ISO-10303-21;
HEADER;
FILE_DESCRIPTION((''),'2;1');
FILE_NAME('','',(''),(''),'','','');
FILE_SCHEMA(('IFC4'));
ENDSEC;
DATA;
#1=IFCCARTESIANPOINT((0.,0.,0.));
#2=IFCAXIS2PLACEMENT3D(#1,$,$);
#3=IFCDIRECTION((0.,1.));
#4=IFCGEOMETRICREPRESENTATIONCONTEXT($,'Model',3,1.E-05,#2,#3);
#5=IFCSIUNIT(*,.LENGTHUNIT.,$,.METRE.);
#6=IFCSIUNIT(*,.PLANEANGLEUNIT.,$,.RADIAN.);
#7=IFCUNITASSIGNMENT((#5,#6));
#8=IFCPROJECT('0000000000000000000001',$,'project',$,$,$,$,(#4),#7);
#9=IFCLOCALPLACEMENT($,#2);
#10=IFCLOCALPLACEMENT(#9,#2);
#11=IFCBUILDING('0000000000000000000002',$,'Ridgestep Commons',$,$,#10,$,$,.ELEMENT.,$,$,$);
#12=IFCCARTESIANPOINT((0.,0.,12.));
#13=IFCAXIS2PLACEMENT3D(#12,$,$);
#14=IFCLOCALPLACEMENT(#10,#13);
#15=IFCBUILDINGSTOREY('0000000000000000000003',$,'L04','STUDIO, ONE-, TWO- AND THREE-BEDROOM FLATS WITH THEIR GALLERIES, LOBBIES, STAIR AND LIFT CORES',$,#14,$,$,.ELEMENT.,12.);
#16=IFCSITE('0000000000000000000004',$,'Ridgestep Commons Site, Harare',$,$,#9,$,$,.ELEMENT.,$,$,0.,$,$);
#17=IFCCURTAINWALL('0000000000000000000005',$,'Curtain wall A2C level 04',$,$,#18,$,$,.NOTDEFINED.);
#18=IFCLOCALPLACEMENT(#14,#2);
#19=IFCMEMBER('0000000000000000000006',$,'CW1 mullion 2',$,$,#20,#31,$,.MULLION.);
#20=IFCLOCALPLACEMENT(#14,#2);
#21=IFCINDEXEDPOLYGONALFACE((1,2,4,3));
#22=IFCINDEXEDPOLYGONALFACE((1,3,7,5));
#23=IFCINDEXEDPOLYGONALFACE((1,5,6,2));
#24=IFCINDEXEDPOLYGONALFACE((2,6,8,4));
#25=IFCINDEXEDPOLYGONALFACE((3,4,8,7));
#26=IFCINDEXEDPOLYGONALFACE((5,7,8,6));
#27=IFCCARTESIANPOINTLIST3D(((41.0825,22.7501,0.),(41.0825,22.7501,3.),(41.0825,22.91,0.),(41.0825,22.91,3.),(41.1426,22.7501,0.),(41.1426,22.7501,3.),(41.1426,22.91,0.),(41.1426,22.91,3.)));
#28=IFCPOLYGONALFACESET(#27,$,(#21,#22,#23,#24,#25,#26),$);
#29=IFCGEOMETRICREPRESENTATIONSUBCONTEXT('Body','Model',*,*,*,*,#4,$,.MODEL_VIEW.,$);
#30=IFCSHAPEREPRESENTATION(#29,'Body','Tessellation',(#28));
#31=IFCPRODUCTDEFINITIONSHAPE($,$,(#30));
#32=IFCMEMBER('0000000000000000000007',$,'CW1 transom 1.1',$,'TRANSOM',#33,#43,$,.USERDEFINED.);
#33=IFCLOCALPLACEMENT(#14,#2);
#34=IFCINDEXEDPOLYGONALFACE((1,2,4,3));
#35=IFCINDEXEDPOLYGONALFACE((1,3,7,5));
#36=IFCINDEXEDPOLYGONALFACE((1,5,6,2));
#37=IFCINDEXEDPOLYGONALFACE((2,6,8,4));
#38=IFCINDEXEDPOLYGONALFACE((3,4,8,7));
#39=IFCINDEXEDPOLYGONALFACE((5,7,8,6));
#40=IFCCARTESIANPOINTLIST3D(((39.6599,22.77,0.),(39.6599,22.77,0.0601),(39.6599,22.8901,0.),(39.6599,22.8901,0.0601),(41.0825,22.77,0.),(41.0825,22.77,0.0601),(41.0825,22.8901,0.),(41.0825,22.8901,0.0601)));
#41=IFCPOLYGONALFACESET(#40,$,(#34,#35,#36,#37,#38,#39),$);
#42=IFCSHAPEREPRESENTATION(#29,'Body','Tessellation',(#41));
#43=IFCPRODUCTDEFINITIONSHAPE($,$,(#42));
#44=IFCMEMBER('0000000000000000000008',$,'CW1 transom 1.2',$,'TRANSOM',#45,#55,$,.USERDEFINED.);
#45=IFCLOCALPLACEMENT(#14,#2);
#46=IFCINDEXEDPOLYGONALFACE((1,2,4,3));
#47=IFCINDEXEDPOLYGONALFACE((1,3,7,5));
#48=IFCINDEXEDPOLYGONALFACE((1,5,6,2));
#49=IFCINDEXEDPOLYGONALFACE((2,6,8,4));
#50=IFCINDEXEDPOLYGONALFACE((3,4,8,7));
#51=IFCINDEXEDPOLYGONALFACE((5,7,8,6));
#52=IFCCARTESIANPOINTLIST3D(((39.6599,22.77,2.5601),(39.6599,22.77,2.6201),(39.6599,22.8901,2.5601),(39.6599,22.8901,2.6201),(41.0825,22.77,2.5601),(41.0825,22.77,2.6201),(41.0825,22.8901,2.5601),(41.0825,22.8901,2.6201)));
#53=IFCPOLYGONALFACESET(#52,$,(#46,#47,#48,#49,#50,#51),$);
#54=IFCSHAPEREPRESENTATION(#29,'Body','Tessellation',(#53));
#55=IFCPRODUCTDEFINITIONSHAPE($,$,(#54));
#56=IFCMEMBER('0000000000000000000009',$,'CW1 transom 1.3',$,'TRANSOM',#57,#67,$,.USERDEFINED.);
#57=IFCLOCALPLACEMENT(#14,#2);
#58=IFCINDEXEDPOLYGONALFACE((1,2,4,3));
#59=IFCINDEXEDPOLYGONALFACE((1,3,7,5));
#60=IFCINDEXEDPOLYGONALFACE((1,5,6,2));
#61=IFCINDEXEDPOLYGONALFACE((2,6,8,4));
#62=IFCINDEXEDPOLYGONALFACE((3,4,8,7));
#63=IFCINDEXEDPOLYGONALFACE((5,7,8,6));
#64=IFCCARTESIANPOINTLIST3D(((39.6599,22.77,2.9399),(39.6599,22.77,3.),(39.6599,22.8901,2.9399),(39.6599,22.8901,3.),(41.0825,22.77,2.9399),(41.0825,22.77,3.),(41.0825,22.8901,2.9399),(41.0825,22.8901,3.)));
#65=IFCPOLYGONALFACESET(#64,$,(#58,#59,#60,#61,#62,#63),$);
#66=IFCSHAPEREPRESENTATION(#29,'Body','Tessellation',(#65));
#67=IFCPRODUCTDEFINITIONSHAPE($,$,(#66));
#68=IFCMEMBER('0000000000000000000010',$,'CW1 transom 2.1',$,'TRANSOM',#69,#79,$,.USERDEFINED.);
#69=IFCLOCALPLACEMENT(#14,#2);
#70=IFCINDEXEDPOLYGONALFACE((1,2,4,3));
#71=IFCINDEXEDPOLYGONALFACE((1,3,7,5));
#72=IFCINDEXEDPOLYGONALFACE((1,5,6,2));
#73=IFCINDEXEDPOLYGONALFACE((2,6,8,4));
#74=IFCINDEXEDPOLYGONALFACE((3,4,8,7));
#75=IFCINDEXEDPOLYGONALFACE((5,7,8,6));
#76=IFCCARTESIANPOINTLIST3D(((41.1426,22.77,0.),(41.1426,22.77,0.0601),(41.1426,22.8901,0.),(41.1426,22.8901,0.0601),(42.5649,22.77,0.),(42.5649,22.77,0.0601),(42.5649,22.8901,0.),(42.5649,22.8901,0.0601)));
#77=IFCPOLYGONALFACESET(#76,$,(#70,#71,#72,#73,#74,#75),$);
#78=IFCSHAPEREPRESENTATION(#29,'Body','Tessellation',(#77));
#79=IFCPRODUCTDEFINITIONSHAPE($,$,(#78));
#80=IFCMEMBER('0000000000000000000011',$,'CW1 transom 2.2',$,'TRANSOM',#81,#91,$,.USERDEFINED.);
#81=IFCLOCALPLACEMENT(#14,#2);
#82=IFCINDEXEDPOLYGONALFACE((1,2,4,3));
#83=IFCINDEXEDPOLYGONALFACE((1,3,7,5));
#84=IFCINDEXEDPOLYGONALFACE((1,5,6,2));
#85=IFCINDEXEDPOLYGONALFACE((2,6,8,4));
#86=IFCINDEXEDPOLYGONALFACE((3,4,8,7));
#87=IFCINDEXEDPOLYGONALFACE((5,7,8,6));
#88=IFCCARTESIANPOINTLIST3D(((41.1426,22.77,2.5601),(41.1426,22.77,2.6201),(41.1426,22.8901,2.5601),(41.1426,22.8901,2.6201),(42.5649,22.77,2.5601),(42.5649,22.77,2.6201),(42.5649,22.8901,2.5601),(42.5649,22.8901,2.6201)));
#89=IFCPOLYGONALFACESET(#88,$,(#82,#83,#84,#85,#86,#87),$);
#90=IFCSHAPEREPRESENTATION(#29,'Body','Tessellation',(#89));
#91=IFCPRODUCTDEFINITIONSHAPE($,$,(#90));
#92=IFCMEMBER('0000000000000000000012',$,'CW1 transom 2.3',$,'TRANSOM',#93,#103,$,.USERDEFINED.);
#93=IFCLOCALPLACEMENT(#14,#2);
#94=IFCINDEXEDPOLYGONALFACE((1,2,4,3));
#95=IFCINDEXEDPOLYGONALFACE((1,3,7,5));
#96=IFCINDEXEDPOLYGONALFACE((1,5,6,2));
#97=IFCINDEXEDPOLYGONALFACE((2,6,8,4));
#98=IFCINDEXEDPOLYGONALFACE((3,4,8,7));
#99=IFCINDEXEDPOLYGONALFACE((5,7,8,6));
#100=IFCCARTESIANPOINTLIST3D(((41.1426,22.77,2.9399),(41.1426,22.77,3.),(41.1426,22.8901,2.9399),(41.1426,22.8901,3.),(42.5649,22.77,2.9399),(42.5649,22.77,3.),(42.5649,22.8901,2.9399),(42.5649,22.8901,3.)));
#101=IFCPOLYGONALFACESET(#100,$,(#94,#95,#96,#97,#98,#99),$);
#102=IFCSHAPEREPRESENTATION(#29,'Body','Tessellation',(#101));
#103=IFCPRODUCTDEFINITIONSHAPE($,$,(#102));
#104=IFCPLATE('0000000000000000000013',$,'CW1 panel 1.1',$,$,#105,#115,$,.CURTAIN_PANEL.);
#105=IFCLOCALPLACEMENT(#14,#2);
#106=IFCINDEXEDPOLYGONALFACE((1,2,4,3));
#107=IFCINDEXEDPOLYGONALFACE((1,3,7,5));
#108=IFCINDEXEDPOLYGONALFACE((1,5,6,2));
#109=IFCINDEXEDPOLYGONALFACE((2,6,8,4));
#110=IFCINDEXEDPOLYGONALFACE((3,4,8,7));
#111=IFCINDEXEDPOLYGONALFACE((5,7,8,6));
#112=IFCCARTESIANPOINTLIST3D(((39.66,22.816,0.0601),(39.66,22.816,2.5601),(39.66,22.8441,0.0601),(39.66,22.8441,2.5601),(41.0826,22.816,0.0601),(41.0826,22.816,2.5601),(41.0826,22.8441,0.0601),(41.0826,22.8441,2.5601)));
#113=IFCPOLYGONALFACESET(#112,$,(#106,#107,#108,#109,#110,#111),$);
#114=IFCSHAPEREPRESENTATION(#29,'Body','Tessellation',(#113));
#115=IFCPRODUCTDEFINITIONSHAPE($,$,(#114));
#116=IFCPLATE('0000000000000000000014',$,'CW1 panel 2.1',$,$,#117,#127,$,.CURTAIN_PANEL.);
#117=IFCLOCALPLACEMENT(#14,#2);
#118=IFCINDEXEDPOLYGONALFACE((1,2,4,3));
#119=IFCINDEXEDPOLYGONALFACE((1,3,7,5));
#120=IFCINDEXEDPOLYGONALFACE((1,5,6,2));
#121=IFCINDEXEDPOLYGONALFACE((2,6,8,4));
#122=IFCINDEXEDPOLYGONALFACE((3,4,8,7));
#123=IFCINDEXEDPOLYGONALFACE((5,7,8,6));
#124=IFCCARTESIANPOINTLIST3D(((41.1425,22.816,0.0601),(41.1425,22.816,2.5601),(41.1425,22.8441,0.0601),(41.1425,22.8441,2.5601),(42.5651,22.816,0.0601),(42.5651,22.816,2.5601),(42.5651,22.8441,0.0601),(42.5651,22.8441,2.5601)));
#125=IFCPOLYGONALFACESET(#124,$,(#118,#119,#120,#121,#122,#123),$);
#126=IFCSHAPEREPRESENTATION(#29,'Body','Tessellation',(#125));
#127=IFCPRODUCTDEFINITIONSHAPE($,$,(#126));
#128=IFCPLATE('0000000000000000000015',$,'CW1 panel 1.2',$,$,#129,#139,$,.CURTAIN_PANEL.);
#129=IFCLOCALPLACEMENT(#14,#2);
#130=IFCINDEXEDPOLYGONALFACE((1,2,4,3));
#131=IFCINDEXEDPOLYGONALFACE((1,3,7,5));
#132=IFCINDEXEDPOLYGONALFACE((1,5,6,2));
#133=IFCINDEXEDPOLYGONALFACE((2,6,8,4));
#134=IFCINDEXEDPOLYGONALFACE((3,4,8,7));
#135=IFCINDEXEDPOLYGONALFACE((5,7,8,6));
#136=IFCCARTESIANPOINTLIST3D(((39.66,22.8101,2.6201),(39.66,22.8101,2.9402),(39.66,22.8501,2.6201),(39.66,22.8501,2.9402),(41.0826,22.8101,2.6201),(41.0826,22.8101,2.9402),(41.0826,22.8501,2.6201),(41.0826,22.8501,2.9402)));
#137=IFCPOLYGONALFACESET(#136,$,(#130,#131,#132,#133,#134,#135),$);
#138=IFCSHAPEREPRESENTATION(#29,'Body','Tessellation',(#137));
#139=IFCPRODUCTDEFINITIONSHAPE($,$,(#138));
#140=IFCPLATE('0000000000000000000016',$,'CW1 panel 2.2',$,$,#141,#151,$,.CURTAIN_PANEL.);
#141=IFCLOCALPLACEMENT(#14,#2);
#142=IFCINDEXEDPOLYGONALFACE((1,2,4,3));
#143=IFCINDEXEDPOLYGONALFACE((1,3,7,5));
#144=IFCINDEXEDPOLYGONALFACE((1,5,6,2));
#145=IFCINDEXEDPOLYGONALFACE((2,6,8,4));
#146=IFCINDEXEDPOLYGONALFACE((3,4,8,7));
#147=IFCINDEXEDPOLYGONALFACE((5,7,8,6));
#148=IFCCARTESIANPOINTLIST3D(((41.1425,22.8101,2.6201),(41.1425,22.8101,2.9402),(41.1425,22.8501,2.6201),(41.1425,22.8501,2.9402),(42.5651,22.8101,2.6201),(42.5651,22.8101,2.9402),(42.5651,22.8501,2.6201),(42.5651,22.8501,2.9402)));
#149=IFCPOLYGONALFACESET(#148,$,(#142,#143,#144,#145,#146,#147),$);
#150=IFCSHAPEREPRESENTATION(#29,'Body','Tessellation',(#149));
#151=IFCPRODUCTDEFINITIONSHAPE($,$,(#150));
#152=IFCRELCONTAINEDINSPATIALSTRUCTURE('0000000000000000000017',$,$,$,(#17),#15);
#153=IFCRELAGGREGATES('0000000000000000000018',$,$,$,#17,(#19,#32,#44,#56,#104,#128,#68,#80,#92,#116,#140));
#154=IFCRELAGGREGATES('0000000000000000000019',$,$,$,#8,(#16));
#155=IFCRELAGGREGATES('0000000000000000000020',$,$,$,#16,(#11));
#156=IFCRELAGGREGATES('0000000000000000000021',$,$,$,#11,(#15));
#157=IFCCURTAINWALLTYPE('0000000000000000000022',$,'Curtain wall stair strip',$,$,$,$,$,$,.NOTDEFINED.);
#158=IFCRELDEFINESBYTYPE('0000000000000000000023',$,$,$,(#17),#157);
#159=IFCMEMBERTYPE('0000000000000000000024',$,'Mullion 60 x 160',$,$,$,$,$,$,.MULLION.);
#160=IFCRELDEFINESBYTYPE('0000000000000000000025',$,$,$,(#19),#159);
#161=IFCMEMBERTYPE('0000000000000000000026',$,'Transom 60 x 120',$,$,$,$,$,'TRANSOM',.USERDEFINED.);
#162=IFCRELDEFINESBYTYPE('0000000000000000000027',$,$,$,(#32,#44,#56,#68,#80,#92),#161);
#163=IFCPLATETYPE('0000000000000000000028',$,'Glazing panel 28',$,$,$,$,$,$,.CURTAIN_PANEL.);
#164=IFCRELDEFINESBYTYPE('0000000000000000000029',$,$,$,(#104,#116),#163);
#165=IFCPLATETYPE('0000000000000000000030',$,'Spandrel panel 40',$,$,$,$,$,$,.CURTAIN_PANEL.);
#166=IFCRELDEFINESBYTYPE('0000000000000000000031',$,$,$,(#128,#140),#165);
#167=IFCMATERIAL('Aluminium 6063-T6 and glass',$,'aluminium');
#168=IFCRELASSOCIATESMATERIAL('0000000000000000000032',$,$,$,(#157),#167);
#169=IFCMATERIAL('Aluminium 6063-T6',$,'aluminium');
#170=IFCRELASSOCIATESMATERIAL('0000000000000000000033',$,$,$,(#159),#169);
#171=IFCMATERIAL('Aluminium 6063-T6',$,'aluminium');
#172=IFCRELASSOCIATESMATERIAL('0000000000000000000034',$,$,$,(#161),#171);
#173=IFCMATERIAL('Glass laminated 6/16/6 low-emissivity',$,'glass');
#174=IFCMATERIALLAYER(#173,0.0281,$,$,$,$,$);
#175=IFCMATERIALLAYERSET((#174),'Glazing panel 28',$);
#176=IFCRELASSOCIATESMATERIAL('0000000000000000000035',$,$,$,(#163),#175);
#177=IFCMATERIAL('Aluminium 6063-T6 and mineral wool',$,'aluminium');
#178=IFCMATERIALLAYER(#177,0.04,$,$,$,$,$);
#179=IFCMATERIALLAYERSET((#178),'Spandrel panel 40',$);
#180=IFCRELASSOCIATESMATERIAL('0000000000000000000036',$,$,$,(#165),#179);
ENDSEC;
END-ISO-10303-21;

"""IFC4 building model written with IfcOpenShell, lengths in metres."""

from ifc_helpers import new_model, si_unit, direction, frame, origin, origin_2d, place, context, subcontext, project, spatial, rectangle, extrude, material, layer, layer_set, material_profile, profile_set, type_object, element, aggregate, save


model = new_model("IFC4")

# Units and contexts
model_context = context("Model", 3, precision=1e-05, world=origin(), true_north=direction((0.0, 1.0)))
body_context = subcontext(model_context, "Body", "Model", "MODEL_VIEW")
ifc_project = project(units=[si_unit("LENGTHUNIT", "METRE"), si_unit("PLANEANGLEUNIT", "RADIAN")], contexts=[model_context])

# Site, building, storey
site_placement = place(None, origin())
site = spatial("IfcSite", under=ifc_project, at=site_placement, Name="Ridgestep Commons Site, Harare", CompositionType="ELEMENT", RefElevation=0.0)
building_placement = place(site_placement, origin())
building = spatial("IfcBuilding", under=site, at=building_placement, Name="Ridgestep Commons", CompositionType="ELEMENT")
storey_placement = place(building_placement, frame((0.0, 0.0, 12.0)))
storey = spatial("IfcBuildingStorey", under=building, at=storey_placement, Name="L04", Description="STUDIO, ONE-, TWO- AND THREE-BEDROOM FLATS WITH THEIR GALLERIES, LOBBIES, STAIR AND LIFT CORES", CompositionType="ELEMENT", Elevation=12.0)

# Curtain wall, members, plates
ifc_material_1 = material(Name="Aluminium 6063-T6 and glass", Category="aluminium")
curtain_wall_type = type_object("IfcCurtainWallType", Name="Curtain wall stair strip", PredefinedType="NOTDEFINED", material=ifc_material_1)
curtain_wall_placement = place(storey_placement, origin())
curtain_wall = element("IfcCurtainWall", 1, at=curtain_wall_placement, inside=storey, type_object=curtain_wall_type, Name="Curtain wall A2C level 04", PredefinedType="NOTDEFINED")
ifc_material_2 = material(Name="Aluminium 6063-T6", Category="aluminium")
ifc_material_profile_1 = material_profile(ifc_material_2, rectangle(XDim=0.1599, YDim=0.0601, at=origin_2d()), Name="Mullion 60 x 160")
ifc_profile_set_1 = profile_set([ifc_material_profile_1], Name="Aluminium 6063-T6")
member_type_1 = type_object("IfcMemberType", Name="Mullion 60 x 160", PredefinedType="MULLION", material=ifc_profile_set_1)
member_1_placement = place(storey_placement, frame((41.1125, 22.8301, 0.0), z_axis=(0.0, 0.0, 1.0), x_axis=(0.0, 1.0, 0.0)))
member_1 = element("IfcMember", 2, at=member_1_placement, type_object=member_type_1, Name="CW1 mullion 2", PredefinedType="MULLION", context=body_context, shape_type="SweptSolid", body=[
    extrude(rectangle(XDim=0.1599, YDim=0.0601, at=origin_2d()), origin(), (0.0, 0.0, 1.0), 3.0),
])
ifc_material_3 = material(Name="Aluminium 6063-T6", Category="aluminium")
ifc_material_profile_2 = material_profile(ifc_material_3, rectangle(XDim=0.1201, YDim=0.0601, at=origin_2d()), Name="Transom 60 x 120")
ifc_profile_set_2 = profile_set([ifc_material_profile_2], Name="Aluminium 6063-T6")
member_type_2 = type_object("IfcMemberType", Name="Transom 60 x 120", ElementType="TRANSOM", PredefinedType="USERDEFINED", material=ifc_profile_set_2)
member_2_placement = place(storey_placement, frame((39.6599, 22.8301, 0.03), z_axis=(1.0, 0.0, 0.0), x_axis=(0.0, 1.0, 0.0)))
member_2 = element("IfcMember", 3, at=member_2_placement, type_object=member_type_2, Name="CW1 transom 1.1", ObjectType="TRANSOM", PredefinedType="USERDEFINED", context=body_context, shape_type="SweptSolid", body=[
    extrude(rectangle(XDim=0.1201, YDim=0.0601, at=origin_2d()), origin(), (0.0, 0.0, 1.0), 1.4226),
])
member_3_placement = place(storey_placement, frame((39.6599, 22.8301, 2.5901), z_axis=(1.0, 0.0, 0.0), x_axis=(0.0, 1.0, 0.0)))
member_3 = element("IfcMember", 4, at=member_3_placement, type_object=member_type_2, Name="CW1 transom 1.2", ObjectType="TRANSOM", PredefinedType="USERDEFINED", context=body_context, shape_type="SweptSolid", body=[
    extrude(rectangle(XDim=0.1201, YDim=0.0601, at=origin_2d()), origin(), (0.0, 0.0, 1.0), 1.4226),
])
member_4_placement = place(storey_placement, frame((39.6599, 22.8301, 2.97), z_axis=(1.0, 0.0, 0.0), x_axis=(0.0, 1.0, 0.0)))
member_4 = element("IfcMember", 5, at=member_4_placement, type_object=member_type_2, Name="CW1 transom 1.3", ObjectType="TRANSOM", PredefinedType="USERDEFINED", context=body_context, shape_type="SweptSolid", body=[
    extrude(rectangle(XDim=0.1201, YDim=0.0601, at=origin_2d()), origin(), (0.0, 0.0, 1.0), 1.4226),
])
member_5_placement = place(storey_placement, frame((41.1426, 22.8301, 0.03), z_axis=(1.0, 0.0, 0.0), x_axis=(0.0, 1.0, 0.0)))
member_5 = element("IfcMember", 6, at=member_5_placement, type_object=member_type_2, Name="CW1 transom 2.1", ObjectType="TRANSOM", PredefinedType="USERDEFINED", context=body_context, shape_type="SweptSolid", body=[
    extrude(rectangle(XDim=0.1201, YDim=0.0601, at=origin_2d()), origin(), (0.0, 0.0, 1.0), 1.4224),
])
member_6_placement = place(storey_placement, frame((41.1426, 22.8301, 2.5901), z_axis=(1.0, 0.0, 0.0), x_axis=(0.0, 1.0, 0.0)))
member_6 = element("IfcMember", 7, at=member_6_placement, type_object=member_type_2, Name="CW1 transom 2.2", ObjectType="TRANSOM", PredefinedType="USERDEFINED", context=body_context, shape_type="SweptSolid", body=[
    extrude(rectangle(XDim=0.1201, YDim=0.0601, at=origin_2d()), origin(), (0.0, 0.0, 1.0), 1.4224),
])
member_7_placement = place(storey_placement, frame((41.1426, 22.8301, 2.97), z_axis=(1.0, 0.0, 0.0), x_axis=(0.0, 1.0, 0.0)))
member_7 = element("IfcMember", 8, at=member_7_placement, type_object=member_type_2, Name="CW1 transom 2.3", ObjectType="TRANSOM", PredefinedType="USERDEFINED", context=body_context, shape_type="SweptSolid", body=[
    extrude(rectangle(XDim=0.1201, YDim=0.0601, at=origin_2d()), origin(), (0.0, 0.0, 1.0), 1.4224),
])
ifc_material_4 = material(Name="Glass laminated 6/16/6 low-emissivity", Category="glass")
ifc_layer_1 = layer(ifc_material_4, 0.0281)
ifc_layer_set_1 = layer_set([ifc_layer_1], Name="Glazing panel 28")
plate_type_1 = type_object("IfcPlateType", Name="Glazing panel 28", PredefinedType="CURTAIN_PANEL", material=ifc_layer_set_1)
plate_1_placement = place(storey_placement, frame((40.3713, 22.8301, 0.0601), z_axis=(0.0, 0.0, 1.0), x_axis=(1.0, 0.0, 0.0)))
plate_1 = element("IfcPlate", 9, at=plate_1_placement, type_object=plate_type_1, Name="CW1 panel 1.1", PredefinedType="CURTAIN_PANEL", context=body_context, shape_type="SweptSolid", body=[
    extrude(rectangle(XDim=1.4226, YDim=0.0281, at=origin_2d()), origin(), (0.0, 0.0, 1.0), 2.5),
])
plate_2_placement = place(storey_placement, frame((41.8538, 22.8301, 0.0601), z_axis=(0.0, 0.0, 1.0), x_axis=(1.0, 0.0, 0.0)))
plate_2 = element("IfcPlate", 10, at=plate_2_placement, type_object=plate_type_1, Name="CW1 panel 2.1", PredefinedType="CURTAIN_PANEL", context=body_context, shape_type="SweptSolid", body=[
    extrude(rectangle(XDim=1.4226, YDim=0.0281, at=origin_2d()), origin(), (0.0, 0.0, 1.0), 2.5),
])
ifc_material_5 = material(Name="Aluminium 6063-T6 and mineral wool", Category="aluminium")
ifc_layer_2 = layer(ifc_material_5, 0.04)
ifc_layer_set_2 = layer_set([ifc_layer_2], Name="Spandrel panel 40")
plate_type_2 = type_object("IfcPlateType", Name="Spandrel panel 40", PredefinedType="CURTAIN_PANEL", material=ifc_layer_set_2)
plate_3_placement = place(storey_placement, frame((40.3713, 22.8301, 2.6201), z_axis=(0.0, 0.0, 1.0), x_axis=(1.0, 0.0, 0.0)))
plate_3 = element("IfcPlate", 11, at=plate_3_placement, type_object=plate_type_2, Name="CW1 panel 1.2", PredefinedType="CURTAIN_PANEL", context=body_context, shape_type="SweptSolid", body=[
    extrude(rectangle(XDim=1.4226, YDim=0.04, at=origin_2d()), origin(), (0.0, 0.0, 1.0), 0.3201),
])
plate_4_placement = place(storey_placement, frame((41.8538, 22.8301, 2.6201), z_axis=(0.0, 0.0, 1.0), x_axis=(1.0, 0.0, 0.0)))
plate_4 = element("IfcPlate", 12, at=plate_4_placement, type_object=plate_type_2, Name="CW1 panel 2.2", PredefinedType="CURTAIN_PANEL", context=body_context, shape_type="SweptSolid", body=[
    extrude(rectangle(XDim=1.4226, YDim=0.04, at=origin_2d()), origin(), (0.0, 0.0, 1.0), 0.3201),
])
aggregate(curtain_wall, [member_1, member_2, member_3, member_4, plate_1, plate_3, member_5, member_6, member_7, plate_2, plate_4])

save(model, "model.ifc")
